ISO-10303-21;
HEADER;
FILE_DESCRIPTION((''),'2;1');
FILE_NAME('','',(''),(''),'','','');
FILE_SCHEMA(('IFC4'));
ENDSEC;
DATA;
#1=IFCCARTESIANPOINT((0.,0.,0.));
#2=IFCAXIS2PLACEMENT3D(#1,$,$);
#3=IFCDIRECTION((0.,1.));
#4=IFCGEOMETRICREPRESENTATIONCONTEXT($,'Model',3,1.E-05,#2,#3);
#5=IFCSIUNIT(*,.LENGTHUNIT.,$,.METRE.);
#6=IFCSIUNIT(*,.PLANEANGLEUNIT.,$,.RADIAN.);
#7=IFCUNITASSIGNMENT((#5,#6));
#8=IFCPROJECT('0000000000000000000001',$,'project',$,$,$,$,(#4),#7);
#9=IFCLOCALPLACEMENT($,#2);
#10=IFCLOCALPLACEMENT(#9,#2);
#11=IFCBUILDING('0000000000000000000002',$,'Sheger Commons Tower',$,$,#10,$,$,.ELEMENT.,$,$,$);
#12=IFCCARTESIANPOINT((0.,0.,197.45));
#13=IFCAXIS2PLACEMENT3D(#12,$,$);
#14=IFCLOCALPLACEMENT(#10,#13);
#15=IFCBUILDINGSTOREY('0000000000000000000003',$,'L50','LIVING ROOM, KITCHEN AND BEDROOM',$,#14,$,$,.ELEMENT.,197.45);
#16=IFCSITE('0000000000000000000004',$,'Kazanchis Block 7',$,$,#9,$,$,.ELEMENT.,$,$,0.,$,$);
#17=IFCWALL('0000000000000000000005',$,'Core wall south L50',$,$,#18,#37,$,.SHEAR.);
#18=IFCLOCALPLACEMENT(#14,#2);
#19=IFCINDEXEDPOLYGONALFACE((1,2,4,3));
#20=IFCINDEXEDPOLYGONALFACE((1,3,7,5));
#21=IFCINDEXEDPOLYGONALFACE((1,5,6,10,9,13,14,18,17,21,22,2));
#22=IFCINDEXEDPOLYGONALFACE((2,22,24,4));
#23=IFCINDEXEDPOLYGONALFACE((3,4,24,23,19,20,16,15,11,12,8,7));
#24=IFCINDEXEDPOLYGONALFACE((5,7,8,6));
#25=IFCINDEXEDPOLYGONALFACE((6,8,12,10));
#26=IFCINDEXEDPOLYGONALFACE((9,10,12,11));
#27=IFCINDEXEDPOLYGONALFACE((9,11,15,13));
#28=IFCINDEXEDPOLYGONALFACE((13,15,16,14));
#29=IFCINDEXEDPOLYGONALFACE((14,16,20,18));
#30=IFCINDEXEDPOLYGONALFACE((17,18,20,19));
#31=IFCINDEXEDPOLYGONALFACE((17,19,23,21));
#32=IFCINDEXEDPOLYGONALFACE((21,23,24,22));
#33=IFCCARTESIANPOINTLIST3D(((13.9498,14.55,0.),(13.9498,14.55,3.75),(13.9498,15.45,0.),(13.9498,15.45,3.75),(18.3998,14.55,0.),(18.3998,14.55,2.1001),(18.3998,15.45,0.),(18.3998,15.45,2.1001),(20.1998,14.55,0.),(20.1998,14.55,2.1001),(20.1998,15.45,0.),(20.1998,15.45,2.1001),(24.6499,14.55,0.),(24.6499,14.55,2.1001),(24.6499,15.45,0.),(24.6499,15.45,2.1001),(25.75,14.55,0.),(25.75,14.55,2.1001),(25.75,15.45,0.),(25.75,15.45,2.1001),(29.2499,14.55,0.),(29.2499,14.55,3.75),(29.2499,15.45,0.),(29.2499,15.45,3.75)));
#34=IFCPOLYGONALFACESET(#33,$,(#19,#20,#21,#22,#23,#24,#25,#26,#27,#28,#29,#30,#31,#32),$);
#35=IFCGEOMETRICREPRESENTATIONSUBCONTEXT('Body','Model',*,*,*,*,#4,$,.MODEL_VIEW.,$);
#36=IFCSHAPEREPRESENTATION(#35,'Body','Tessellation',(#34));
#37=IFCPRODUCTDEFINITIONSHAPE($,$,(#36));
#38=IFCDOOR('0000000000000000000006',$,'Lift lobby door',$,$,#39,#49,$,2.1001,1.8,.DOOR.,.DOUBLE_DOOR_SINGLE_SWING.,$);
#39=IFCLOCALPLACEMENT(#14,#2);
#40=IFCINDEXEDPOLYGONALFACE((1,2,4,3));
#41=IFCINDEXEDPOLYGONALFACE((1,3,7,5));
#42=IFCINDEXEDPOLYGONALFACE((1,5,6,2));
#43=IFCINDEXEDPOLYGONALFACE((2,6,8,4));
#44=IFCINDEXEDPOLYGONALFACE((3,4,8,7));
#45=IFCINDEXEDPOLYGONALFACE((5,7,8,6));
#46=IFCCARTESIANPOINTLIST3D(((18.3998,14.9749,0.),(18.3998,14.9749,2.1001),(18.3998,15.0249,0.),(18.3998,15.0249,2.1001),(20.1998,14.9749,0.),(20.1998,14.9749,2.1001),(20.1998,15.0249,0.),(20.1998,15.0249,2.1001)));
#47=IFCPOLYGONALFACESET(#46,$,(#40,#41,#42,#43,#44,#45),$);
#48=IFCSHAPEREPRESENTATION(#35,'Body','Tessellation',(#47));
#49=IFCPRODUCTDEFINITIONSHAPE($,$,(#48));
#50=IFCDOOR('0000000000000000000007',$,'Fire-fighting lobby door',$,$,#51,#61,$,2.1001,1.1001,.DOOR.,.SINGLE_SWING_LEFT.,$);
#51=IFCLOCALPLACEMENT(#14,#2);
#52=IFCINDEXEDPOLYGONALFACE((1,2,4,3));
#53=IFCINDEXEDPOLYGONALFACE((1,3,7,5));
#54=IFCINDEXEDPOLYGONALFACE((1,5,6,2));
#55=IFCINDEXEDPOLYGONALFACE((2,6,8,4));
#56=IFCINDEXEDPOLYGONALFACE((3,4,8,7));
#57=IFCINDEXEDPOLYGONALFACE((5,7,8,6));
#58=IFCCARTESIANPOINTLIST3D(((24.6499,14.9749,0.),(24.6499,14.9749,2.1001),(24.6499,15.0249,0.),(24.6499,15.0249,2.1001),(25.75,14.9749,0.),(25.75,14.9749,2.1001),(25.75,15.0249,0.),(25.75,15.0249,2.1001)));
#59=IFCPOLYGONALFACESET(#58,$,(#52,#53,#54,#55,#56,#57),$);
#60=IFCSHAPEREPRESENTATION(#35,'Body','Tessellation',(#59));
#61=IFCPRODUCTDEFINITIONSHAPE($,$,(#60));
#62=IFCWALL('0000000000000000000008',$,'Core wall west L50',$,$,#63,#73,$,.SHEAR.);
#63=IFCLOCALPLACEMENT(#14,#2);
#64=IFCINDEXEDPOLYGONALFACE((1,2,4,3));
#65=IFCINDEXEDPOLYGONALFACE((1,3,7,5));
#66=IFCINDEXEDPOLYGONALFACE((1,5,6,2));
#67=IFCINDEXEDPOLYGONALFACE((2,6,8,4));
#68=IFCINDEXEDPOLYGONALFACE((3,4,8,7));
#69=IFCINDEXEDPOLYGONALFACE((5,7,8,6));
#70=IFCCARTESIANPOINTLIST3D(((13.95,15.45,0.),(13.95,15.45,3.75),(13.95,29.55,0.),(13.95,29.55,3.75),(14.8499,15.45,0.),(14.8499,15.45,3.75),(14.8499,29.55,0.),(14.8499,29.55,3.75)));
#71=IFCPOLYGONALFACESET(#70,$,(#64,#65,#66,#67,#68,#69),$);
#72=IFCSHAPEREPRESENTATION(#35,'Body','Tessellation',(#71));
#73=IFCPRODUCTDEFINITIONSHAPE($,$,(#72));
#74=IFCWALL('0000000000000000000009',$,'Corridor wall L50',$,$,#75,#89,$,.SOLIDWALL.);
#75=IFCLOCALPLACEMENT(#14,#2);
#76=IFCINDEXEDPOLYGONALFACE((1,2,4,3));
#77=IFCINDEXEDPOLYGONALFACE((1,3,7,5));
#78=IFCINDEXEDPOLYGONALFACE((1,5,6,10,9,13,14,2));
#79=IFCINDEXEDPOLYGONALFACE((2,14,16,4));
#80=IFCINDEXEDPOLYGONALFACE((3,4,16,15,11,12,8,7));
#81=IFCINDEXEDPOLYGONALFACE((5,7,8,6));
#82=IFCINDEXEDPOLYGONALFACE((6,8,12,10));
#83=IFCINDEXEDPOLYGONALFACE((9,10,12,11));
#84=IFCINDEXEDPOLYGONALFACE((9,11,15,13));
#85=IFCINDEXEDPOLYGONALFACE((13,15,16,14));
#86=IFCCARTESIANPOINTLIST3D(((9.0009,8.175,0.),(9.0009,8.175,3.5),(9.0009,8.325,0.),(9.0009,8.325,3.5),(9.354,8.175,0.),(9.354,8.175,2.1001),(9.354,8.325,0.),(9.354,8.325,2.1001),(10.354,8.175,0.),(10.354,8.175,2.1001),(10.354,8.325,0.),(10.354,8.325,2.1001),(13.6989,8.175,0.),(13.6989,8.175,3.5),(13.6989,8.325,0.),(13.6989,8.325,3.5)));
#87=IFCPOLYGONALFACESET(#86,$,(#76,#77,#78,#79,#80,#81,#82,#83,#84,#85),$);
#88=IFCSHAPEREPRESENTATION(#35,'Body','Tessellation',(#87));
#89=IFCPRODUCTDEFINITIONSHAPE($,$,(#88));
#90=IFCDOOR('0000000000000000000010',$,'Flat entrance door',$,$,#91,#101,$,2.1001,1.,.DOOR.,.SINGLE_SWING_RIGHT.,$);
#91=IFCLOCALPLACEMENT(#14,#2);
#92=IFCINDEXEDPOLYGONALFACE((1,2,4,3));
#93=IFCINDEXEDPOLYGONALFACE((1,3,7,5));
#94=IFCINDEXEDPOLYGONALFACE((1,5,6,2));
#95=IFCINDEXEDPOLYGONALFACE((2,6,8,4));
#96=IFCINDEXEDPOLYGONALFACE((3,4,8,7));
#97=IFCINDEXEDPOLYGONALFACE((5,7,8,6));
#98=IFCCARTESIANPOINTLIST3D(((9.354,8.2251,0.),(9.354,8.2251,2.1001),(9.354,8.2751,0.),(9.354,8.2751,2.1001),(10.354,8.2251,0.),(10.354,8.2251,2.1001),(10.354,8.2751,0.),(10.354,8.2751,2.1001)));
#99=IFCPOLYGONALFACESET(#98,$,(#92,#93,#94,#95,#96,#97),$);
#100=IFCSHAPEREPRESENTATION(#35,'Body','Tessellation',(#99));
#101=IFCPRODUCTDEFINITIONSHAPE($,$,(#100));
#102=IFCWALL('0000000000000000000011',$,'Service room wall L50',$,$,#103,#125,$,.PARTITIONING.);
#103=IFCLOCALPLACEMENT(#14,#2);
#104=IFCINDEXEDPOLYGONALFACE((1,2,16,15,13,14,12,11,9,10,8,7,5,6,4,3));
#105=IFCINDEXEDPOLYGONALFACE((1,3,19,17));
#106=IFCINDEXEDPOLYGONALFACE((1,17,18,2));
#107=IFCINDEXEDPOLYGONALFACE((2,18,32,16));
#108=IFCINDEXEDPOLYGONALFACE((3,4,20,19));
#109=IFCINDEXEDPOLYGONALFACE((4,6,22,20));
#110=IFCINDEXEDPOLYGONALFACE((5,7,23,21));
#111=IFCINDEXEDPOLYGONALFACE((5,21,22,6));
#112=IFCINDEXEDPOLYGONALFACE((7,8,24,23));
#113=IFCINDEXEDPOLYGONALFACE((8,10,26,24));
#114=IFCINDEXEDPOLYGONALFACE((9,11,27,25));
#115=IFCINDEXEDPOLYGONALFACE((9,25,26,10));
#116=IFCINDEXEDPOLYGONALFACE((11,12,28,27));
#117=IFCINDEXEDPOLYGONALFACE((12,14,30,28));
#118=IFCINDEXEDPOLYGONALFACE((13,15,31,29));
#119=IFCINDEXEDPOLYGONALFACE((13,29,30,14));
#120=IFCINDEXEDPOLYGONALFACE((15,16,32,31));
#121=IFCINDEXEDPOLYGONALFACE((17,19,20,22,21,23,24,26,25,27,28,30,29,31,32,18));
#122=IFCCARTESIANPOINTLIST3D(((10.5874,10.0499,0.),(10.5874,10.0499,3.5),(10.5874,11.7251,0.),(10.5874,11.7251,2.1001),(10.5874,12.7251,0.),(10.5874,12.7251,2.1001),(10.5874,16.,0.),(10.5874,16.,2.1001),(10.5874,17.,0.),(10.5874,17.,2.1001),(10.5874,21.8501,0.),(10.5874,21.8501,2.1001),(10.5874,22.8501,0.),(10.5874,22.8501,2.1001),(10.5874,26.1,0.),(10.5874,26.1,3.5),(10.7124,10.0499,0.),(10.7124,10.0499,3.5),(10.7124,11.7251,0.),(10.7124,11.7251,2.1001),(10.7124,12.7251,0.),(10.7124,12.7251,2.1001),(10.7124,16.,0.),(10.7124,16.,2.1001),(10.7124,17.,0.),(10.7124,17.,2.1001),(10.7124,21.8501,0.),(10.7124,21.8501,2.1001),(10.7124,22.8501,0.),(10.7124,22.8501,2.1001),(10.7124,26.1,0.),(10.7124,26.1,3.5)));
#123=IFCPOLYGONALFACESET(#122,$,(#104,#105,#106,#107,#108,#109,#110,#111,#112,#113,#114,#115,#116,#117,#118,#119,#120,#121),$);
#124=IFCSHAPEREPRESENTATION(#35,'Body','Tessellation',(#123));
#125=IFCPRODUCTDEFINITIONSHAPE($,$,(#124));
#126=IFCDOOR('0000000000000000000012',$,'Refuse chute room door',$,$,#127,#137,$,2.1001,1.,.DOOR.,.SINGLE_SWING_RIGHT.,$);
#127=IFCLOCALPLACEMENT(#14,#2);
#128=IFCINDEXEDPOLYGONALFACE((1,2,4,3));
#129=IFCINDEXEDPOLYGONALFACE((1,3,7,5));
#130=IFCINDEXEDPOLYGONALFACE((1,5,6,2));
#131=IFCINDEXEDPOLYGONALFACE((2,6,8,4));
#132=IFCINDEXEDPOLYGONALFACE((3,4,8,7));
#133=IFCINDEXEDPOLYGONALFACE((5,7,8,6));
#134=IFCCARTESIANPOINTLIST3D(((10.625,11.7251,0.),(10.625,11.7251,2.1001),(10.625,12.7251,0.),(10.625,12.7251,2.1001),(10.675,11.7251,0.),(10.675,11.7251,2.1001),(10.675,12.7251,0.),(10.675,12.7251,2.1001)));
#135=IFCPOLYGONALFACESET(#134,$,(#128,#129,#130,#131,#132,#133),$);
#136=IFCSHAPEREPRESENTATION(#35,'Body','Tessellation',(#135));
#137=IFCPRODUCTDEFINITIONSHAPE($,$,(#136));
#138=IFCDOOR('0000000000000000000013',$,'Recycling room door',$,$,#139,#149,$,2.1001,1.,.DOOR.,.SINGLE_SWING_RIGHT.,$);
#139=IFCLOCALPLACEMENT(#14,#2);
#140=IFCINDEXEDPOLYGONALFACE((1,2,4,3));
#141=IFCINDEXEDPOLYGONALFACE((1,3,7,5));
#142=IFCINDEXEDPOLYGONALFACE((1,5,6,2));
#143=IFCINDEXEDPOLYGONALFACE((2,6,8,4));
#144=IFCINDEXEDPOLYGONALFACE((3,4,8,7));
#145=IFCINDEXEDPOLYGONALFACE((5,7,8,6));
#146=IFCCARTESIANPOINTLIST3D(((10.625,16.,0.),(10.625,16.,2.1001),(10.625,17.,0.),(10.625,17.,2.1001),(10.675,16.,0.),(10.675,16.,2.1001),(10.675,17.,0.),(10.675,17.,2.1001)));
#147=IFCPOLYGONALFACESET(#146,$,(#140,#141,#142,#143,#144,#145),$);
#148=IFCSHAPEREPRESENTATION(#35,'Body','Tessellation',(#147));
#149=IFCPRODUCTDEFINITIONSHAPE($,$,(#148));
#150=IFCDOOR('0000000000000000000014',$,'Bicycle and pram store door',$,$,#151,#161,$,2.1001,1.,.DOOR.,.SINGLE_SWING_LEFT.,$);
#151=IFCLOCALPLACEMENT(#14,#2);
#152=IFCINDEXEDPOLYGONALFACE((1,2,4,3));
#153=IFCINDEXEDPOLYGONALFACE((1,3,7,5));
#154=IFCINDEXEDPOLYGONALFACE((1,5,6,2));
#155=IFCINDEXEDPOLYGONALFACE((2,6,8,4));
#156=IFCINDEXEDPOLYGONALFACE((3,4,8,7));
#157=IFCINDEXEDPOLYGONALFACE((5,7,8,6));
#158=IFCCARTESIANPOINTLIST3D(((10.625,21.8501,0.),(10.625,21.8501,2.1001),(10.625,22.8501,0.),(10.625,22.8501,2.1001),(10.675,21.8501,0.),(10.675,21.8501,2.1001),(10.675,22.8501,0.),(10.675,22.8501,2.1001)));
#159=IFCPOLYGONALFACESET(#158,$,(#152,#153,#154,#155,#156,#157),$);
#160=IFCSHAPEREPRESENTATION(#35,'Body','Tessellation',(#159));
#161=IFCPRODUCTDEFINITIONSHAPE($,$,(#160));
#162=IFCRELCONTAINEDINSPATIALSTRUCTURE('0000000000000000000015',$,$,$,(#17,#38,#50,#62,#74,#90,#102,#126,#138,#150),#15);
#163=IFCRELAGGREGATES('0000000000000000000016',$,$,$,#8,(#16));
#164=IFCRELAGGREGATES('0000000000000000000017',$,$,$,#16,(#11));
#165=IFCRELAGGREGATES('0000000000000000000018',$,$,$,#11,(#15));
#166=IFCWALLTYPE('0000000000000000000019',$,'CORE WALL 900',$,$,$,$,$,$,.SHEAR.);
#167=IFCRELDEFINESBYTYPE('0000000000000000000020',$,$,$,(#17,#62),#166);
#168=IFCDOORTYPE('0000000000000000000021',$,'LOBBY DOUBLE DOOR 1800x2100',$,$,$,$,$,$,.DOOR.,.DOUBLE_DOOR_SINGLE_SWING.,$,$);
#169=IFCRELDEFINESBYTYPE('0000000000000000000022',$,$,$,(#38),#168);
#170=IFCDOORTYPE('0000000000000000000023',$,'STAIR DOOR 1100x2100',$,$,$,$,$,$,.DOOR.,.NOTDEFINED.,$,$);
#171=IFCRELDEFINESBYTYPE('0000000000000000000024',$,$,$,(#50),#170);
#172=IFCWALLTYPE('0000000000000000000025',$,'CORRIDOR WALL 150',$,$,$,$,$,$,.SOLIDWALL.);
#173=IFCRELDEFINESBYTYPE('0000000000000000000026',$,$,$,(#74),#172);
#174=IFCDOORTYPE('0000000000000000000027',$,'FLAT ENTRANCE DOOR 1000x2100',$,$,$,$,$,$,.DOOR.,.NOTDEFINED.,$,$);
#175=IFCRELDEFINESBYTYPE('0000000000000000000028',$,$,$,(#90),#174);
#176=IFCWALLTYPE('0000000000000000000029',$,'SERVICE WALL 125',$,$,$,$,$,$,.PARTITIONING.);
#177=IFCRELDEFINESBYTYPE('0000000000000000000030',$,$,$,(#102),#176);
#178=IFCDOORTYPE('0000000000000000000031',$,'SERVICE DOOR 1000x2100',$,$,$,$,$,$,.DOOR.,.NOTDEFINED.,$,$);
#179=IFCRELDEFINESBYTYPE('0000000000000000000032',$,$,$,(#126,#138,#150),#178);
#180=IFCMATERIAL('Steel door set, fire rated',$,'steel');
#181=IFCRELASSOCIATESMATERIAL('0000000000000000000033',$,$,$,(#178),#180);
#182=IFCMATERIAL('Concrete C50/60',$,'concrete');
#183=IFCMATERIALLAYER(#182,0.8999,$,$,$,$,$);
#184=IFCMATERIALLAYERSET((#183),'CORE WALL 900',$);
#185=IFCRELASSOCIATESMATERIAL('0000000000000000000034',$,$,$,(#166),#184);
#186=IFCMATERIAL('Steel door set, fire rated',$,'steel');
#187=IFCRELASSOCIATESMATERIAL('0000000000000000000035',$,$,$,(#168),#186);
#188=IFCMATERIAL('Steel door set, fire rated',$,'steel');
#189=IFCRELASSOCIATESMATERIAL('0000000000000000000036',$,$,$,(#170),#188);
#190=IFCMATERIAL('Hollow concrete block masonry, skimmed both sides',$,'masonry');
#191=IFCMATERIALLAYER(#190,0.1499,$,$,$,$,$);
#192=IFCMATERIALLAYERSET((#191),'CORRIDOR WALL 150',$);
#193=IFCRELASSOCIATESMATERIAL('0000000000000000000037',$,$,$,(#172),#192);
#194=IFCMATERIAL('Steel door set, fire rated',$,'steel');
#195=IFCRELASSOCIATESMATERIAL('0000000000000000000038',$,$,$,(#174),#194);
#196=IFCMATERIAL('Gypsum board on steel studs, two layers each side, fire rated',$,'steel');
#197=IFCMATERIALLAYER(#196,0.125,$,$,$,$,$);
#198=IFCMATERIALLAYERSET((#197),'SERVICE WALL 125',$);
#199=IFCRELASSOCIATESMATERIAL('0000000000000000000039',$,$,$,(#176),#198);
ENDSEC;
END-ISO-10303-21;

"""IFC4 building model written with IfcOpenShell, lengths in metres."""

from ifc_helpers import new_model, si_unit, direction, frame, frame_2d, origin, place, context, subcontext, project, spatial, rectangle, extrude, material, layer, layer_set, type_object, element, fill, save


model = new_model("IFC4")

# Units and contexts
model_context = context("Model", 3, precision=1e-05, world=origin(), true_north=direction((0.0, 1.0)))
body_context = subcontext(model_context, "Body", "Model", "MODEL_VIEW")
ifc_project = project(units=[si_unit("LENGTHUNIT", "METRE"), si_unit("PLANEANGLEUNIT", "RADIAN")], contexts=[model_context])

# Site, building, storey
site_placement = place(None, origin())
site = spatial("IfcSite", under=ifc_project, at=site_placement, Name="Kazanchis Block 7", CompositionType="ELEMENT", RefElevation=0.0)
building_placement = place(site_placement, origin())
building = spatial("IfcBuilding", under=site, at=building_placement, Name="Sheger Commons Tower", CompositionType="ELEMENT")
storey_placement = place(building_placement, frame((0.0, 0.0, 197.45)))
storey = spatial("IfcBuildingStorey", under=building, at=storey_placement, Name="L50", Description="LIVING ROOM, KITCHEN AND BEDROOM", CompositionType="ELEMENT", Elevation=197.45)

# Wall, openings, doors
ifc_material_1 = material(Name="Steel door set, fire rated", Category="steel")
door_type_1 = type_object("IfcDoorType", Name="SERVICE DOOR 1000x2100", OperationType="NOTDEFINED", PredefinedType="DOOR", material=ifc_material_1)
ifc_material_2 = material(Name="Concrete C50/60", Category="concrete")
ifc_layer_1 = layer(ifc_material_2, 0.8999)
ifc_layer_set_1 = layer_set([ifc_layer_1], Name="CORE WALL 900")
wall_type_1 = type_object("IfcWallType", Name="CORE WALL 900", PredefinedType="SHEAR", material=ifc_layer_set_1)
wall_1_placement = place(storey_placement, frame((13.95, 15.0, 0.0), z_axis=(0.0, 0.0, 1.0), x_axis=(1.0, 0.0, 0.0)))
wall_1 = element("IfcWall", 1, at=wall_1_placement, inside=storey, type_object=wall_type_1, Name="Core wall south L50", PredefinedType="SHEAR", context=body_context, shape_type="SweptSolid", body=[
    extrude(rectangle(XDim=15.3, YDim=0.8999, at=frame_2d((7.6499, 0.0))), origin(), (0.0, 0.0, 1.0), 3.75),
])
opening_1_placement = place(wall_1_placement, frame((4.45, 0.0, 0.0)))
opening_1 = element("IfcOpeningElement", 2, at=opening_1_placement, cuts=wall_1, PredefinedType="OPENING", context=body_context, shape_type="SweptSolid", body=[
    extrude(rectangle(XDim=1.8, YDim=2.1001, at=frame_2d((0.8999, 1.05))), frame((0.0, 0.46, 0.0), z_axis=(0.0, -1.0, 0.0), x_axis=(1.0, 0.0, 0.0)), (0.0, 0.0, 1.0), 0.9199),
])
opening_2_placement = place(wall_1_placement, frame((10.7, 0.0, 0.0)))
opening_2 = element("IfcOpeningElement", 3, at=opening_2_placement, cuts=wall_1, PredefinedType="OPENING", context=body_context, shape_type="SweptSolid", body=[
    extrude(rectangle(XDim=1.1001, YDim=2.1001, at=frame_2d((0.55, 1.05))), frame((0.0, 0.46, 0.0), z_axis=(0.0, -1.0, 0.0), x_axis=(1.0, 0.0, 0.0)), (0.0, 0.0, 1.0), 0.9199),
])
ifc_material_3 = material(Name="Steel door set, fire rated", Category="steel")
door_type_2 = type_object("IfcDoorType", Name="LOBBY DOUBLE DOOR 1800x2100", OperationType="DOUBLE_DOOR_SINGLE_SWING", PredefinedType="DOOR", material=ifc_material_3)
door_1_placement = place(opening_1_placement, origin())
door_1 = element("IfcDoor", 4, at=door_1_placement, inside=storey, type_object=door_type_2, Name="Lift lobby door", OperationType="DOUBLE_DOOR_SINGLE_SWING", OverallHeight=2.1001, OverallWidth=1.8, PredefinedType="DOOR", context=body_context, shape_type="SweptSolid", body=[
    extrude(rectangle(XDim=1.8, YDim=2.1001, at=frame_2d((0.8999, 1.05))), frame((0.0, 0.0249, 0.0), z_axis=(0.0, -1.0, 0.0), x_axis=(1.0, 0.0, 0.0)), (0.0, 0.0, 1.0), 0.05),
])
fill(opening_1, door_1)
ifc_material_4 = material(Name="Steel door set, fire rated", Category="steel")
door_type_3 = type_object("IfcDoorType", Name="STAIR DOOR 1100x2100", OperationType="NOTDEFINED", PredefinedType="DOOR", material=ifc_material_4)
door_2_placement = place(opening_2_placement, origin())
door_2 = element("IfcDoor", 5, at=door_2_placement, inside=storey, type_object=door_type_3, Name="Fire-fighting lobby door", OperationType="SINGLE_SWING_LEFT", OverallHeight=2.1001, OverallWidth=1.1001, PredefinedType="DOOR", context=body_context, shape_type="SweptSolid", body=[
    extrude(rectangle(XDim=1.1001, YDim=2.1001, at=frame_2d((0.55, 1.05))), frame((0.0, 0.0249, 0.0), z_axis=(0.0, -1.0, 0.0), x_axis=(1.0, 0.0, 0.0)), (0.0, 0.0, 1.0), 0.05),
])
fill(opening_2, door_2)

# Wall
wall_2_placement = place(storey_placement, frame((14.3999, 15.45, 0.0), z_axis=(0.0, 0.0, 1.0), x_axis=(0.0, 1.0, 0.0)))
element("IfcWall", 6, at=wall_2_placement, inside=storey, type_object=wall_type_1, Name="Core wall west L50", PredefinedType="SHEAR", context=body_context, shape_type="SweptSolid", body=[
    extrude(rectangle(XDim=14.1001, YDim=0.8999, at=frame_2d((7.05, 0.0))), origin(), (0.0, 0.0, 1.0), 3.75),
])

# Wall, opening, door
ifc_material_5 = material(Name="Hollow concrete block masonry, skimmed both sides", Category="masonry")
ifc_layer_2 = layer(ifc_material_5, 0.1499)
ifc_layer_set_2 = layer_set([ifc_layer_2], Name="CORRIDOR WALL 150")
wall_type_2 = type_object("IfcWallType", Name="CORRIDOR WALL 150", PredefinedType="SOLIDWALL", material=ifc_layer_set_2)
wall_3_placement = place(storey_placement, frame((13.699, 8.25, 0.0), z_axis=(0.0, 0.0, 1.0), x_axis=(-1.0, 0.0, 0.0)))
wall_3 = element("IfcWall", 7, at=wall_3_placement, inside=storey, type_object=wall_type_2, Name="Corridor wall L50", PredefinedType="SOLIDWALL", context=body_context, shape_type="SweptSolid", body=[
    extrude(rectangle(XDim=4.698, YDim=0.1499, at=frame_2d((2.3491, 0.0))), origin(), (0.0, 0.0, 1.0), 3.5),
])
opening_3_placement = place(wall_3_placement, frame((3.345, 0.0, 0.0)))
opening_3 = element("IfcOpeningElement", 8, at=opening_3_placement, cuts=wall_3, PredefinedType="OPENING", context=body_context, shape_type="SweptSolid", body=[
    extrude(rectangle(XDim=1.0, YDim=2.1001, at=frame_2d((0.5, 1.05))), frame((0.0, 0.085, 0.0), z_axis=(0.0, -1.0, 0.0), x_axis=(1.0, 0.0, 0.0)), (0.0, 0.0, 1.0), 0.1699),
])
ifc_material_6 = material(Name="Steel door set, fire rated", Category="steel")
door_type_4 = type_object("IfcDoorType", Name="FLAT ENTRANCE DOOR 1000x2100", OperationType="NOTDEFINED", PredefinedType="DOOR", material=ifc_material_6)
door_3_placement = place(opening_3_placement, origin())
door_3 = element("IfcDoor", 9, at=door_3_placement, inside=storey, type_object=door_type_4, Name="Flat entrance door", OperationType="SINGLE_SWING_RIGHT", OverallHeight=2.1001, OverallWidth=1.0, PredefinedType="DOOR", context=body_context, shape_type="SweptSolid", body=[
    extrude(rectangle(XDim=1.0, YDim=2.1001, at=frame_2d((0.5, 1.05))), frame((0.0, 0.0249, 0.0), z_axis=(0.0, -1.0, 0.0), x_axis=(1.0, 0.0, 0.0)), (0.0, 0.0, 1.0), 0.05),
])
fill(opening_3, door_3)

# Wall, openings, doors
ifc_material_7 = material(Name="Gypsum board on steel studs, two layers each side, fire rated", Category="steel")
ifc_layer_3 = layer(ifc_material_7, 0.125)
ifc_layer_set_3 = layer_set([ifc_layer_3], Name="SERVICE WALL 125")
wall_type_3 = type_object("IfcWallType", Name="SERVICE WALL 125", PredefinedType="PARTITIONING", material=ifc_layer_set_3)
wall_4_placement = place(storey_placement, frame((10.6499, 10.05, 0.0), z_axis=(0.0, 0.0, 1.0), x_axis=(0.0, 1.0, 0.0)))
wall_4 = element("IfcWall", 10, at=wall_4_placement, inside=storey, type_object=wall_type_3, Name="Service room wall L50", PredefinedType="PARTITIONING", context=body_context, shape_type="SweptSolid", body=[
    extrude(rectangle(XDim=16.05, YDim=0.125, at=frame_2d((8.0249, 0.0))), origin(), (0.0, 0.0, 1.0), 3.5),
])
opening_4_placement = place(wall_4_placement, frame((1.675, 0.0, 0.0)))
opening_4 = element("IfcOpeningElement", 11, at=opening_4_placement, cuts=wall_4, PredefinedType="OPENING", context=body_context, shape_type="SweptSolid", body=[
    extrude(rectangle(XDim=1.0, YDim=2.1001, at=frame_2d((0.5, 1.05))), frame((0.0, 0.0725, 0.0), z_axis=(0.0, -1.0, 0.0), x_axis=(1.0, 0.0, 0.0)), (0.0, 0.0, 1.0), 0.145),
])
opening_5_placement = place(wall_4_placement, frame((5.95, 0.0, 0.0)))
opening_5 = element("IfcOpeningElement", 12, at=opening_5_placement, cuts=wall_4, PredefinedType="OPENING", context=body_context, shape_type="SweptSolid", body=[
    extrude(rectangle(XDim=1.0, YDim=2.1001, at=frame_2d((0.5, 1.05))), frame((0.0, 0.0725, 0.0), z_axis=(0.0, -1.0, 0.0), x_axis=(1.0, 0.0, 0.0)), (0.0, 0.0, 1.0), 0.145),
])
opening_6_placement = place(wall_4_placement, frame((11.8, 0.0, 0.0)))
opening_6 = element("IfcOpeningElement", 13, at=opening_6_placement, cuts=wall_4, PredefinedType="OPENING", context=body_context, shape_type="SweptSolid", body=[
    extrude(rectangle(XDim=1.0, YDim=2.1001, at=frame_2d((0.5, 1.05))), frame((0.0, 0.0725, 0.0), z_axis=(0.0, -1.0, 0.0), x_axis=(1.0, 0.0, 0.0)), (0.0, 0.0, 1.0), 0.145),
])
door_4_placement = place(opening_4_placement, origin())
door_4 = element("IfcDoor", 14, at=door_4_placement, inside=storey, type_object=door_type_1, Name="Refuse chute room door", OperationType="SINGLE_SWING_RIGHT", OverallHeight=2.1001, OverallWidth=1.0, PredefinedType="DOOR", context=body_context, shape_type="SweptSolid", body=[
    extrude(rectangle(XDim=1.0, YDim=2.1001, at=frame_2d((0.5, 1.05))), frame((0.0, 0.0249, 0.0), z_axis=(0.0, -1.0, 0.0), x_axis=(1.0, 0.0, 0.0)), (0.0, 0.0, 1.0), 0.05),
])
fill(opening_4, door_4)
door_5_placement = place(opening_5_placement, origin())
door_5 = element("IfcDoor", 15, at=door_5_placement, inside=storey, type_object=door_type_1, Name="Recycling room door", OperationType="SINGLE_SWING_RIGHT", OverallHeight=2.1001, OverallWidth=1.0, PredefinedType="DOOR", context=body_context, shape_type="SweptSolid", body=[
    extrude(rectangle(XDim=1.0, YDim=2.1001, at=frame_2d((0.5, 1.05))), frame((0.0, 0.0249, 0.0), z_axis=(0.0, -1.0, 0.0), x_axis=(1.0, 0.0, 0.0)), (0.0, 0.0, 1.0), 0.05),
])
fill(opening_5, door_5)
door_6_placement = place(opening_6_placement, origin())
door_6 = element("IfcDoor", 16, at=door_6_placement, inside=storey, type_object=door_type_1, Name="Bicycle and pram store door", OperationType="SINGLE_SWING_LEFT", OverallHeight=2.1001, OverallWidth=1.0, PredefinedType="DOOR", context=body_context, shape_type="SweptSolid", body=[
    extrude(rectangle(XDim=1.0, YDim=2.1001, at=frame_2d((0.5, 1.05))), frame((0.0, 0.0249, 0.0), z_axis=(0.0, -1.0, 0.0), x_axis=(1.0, 0.0, 0.0)), (0.0, 0.0, 1.0), 0.05),
])
fill(opening_6, door_6)

save(model, "model.ifc")
